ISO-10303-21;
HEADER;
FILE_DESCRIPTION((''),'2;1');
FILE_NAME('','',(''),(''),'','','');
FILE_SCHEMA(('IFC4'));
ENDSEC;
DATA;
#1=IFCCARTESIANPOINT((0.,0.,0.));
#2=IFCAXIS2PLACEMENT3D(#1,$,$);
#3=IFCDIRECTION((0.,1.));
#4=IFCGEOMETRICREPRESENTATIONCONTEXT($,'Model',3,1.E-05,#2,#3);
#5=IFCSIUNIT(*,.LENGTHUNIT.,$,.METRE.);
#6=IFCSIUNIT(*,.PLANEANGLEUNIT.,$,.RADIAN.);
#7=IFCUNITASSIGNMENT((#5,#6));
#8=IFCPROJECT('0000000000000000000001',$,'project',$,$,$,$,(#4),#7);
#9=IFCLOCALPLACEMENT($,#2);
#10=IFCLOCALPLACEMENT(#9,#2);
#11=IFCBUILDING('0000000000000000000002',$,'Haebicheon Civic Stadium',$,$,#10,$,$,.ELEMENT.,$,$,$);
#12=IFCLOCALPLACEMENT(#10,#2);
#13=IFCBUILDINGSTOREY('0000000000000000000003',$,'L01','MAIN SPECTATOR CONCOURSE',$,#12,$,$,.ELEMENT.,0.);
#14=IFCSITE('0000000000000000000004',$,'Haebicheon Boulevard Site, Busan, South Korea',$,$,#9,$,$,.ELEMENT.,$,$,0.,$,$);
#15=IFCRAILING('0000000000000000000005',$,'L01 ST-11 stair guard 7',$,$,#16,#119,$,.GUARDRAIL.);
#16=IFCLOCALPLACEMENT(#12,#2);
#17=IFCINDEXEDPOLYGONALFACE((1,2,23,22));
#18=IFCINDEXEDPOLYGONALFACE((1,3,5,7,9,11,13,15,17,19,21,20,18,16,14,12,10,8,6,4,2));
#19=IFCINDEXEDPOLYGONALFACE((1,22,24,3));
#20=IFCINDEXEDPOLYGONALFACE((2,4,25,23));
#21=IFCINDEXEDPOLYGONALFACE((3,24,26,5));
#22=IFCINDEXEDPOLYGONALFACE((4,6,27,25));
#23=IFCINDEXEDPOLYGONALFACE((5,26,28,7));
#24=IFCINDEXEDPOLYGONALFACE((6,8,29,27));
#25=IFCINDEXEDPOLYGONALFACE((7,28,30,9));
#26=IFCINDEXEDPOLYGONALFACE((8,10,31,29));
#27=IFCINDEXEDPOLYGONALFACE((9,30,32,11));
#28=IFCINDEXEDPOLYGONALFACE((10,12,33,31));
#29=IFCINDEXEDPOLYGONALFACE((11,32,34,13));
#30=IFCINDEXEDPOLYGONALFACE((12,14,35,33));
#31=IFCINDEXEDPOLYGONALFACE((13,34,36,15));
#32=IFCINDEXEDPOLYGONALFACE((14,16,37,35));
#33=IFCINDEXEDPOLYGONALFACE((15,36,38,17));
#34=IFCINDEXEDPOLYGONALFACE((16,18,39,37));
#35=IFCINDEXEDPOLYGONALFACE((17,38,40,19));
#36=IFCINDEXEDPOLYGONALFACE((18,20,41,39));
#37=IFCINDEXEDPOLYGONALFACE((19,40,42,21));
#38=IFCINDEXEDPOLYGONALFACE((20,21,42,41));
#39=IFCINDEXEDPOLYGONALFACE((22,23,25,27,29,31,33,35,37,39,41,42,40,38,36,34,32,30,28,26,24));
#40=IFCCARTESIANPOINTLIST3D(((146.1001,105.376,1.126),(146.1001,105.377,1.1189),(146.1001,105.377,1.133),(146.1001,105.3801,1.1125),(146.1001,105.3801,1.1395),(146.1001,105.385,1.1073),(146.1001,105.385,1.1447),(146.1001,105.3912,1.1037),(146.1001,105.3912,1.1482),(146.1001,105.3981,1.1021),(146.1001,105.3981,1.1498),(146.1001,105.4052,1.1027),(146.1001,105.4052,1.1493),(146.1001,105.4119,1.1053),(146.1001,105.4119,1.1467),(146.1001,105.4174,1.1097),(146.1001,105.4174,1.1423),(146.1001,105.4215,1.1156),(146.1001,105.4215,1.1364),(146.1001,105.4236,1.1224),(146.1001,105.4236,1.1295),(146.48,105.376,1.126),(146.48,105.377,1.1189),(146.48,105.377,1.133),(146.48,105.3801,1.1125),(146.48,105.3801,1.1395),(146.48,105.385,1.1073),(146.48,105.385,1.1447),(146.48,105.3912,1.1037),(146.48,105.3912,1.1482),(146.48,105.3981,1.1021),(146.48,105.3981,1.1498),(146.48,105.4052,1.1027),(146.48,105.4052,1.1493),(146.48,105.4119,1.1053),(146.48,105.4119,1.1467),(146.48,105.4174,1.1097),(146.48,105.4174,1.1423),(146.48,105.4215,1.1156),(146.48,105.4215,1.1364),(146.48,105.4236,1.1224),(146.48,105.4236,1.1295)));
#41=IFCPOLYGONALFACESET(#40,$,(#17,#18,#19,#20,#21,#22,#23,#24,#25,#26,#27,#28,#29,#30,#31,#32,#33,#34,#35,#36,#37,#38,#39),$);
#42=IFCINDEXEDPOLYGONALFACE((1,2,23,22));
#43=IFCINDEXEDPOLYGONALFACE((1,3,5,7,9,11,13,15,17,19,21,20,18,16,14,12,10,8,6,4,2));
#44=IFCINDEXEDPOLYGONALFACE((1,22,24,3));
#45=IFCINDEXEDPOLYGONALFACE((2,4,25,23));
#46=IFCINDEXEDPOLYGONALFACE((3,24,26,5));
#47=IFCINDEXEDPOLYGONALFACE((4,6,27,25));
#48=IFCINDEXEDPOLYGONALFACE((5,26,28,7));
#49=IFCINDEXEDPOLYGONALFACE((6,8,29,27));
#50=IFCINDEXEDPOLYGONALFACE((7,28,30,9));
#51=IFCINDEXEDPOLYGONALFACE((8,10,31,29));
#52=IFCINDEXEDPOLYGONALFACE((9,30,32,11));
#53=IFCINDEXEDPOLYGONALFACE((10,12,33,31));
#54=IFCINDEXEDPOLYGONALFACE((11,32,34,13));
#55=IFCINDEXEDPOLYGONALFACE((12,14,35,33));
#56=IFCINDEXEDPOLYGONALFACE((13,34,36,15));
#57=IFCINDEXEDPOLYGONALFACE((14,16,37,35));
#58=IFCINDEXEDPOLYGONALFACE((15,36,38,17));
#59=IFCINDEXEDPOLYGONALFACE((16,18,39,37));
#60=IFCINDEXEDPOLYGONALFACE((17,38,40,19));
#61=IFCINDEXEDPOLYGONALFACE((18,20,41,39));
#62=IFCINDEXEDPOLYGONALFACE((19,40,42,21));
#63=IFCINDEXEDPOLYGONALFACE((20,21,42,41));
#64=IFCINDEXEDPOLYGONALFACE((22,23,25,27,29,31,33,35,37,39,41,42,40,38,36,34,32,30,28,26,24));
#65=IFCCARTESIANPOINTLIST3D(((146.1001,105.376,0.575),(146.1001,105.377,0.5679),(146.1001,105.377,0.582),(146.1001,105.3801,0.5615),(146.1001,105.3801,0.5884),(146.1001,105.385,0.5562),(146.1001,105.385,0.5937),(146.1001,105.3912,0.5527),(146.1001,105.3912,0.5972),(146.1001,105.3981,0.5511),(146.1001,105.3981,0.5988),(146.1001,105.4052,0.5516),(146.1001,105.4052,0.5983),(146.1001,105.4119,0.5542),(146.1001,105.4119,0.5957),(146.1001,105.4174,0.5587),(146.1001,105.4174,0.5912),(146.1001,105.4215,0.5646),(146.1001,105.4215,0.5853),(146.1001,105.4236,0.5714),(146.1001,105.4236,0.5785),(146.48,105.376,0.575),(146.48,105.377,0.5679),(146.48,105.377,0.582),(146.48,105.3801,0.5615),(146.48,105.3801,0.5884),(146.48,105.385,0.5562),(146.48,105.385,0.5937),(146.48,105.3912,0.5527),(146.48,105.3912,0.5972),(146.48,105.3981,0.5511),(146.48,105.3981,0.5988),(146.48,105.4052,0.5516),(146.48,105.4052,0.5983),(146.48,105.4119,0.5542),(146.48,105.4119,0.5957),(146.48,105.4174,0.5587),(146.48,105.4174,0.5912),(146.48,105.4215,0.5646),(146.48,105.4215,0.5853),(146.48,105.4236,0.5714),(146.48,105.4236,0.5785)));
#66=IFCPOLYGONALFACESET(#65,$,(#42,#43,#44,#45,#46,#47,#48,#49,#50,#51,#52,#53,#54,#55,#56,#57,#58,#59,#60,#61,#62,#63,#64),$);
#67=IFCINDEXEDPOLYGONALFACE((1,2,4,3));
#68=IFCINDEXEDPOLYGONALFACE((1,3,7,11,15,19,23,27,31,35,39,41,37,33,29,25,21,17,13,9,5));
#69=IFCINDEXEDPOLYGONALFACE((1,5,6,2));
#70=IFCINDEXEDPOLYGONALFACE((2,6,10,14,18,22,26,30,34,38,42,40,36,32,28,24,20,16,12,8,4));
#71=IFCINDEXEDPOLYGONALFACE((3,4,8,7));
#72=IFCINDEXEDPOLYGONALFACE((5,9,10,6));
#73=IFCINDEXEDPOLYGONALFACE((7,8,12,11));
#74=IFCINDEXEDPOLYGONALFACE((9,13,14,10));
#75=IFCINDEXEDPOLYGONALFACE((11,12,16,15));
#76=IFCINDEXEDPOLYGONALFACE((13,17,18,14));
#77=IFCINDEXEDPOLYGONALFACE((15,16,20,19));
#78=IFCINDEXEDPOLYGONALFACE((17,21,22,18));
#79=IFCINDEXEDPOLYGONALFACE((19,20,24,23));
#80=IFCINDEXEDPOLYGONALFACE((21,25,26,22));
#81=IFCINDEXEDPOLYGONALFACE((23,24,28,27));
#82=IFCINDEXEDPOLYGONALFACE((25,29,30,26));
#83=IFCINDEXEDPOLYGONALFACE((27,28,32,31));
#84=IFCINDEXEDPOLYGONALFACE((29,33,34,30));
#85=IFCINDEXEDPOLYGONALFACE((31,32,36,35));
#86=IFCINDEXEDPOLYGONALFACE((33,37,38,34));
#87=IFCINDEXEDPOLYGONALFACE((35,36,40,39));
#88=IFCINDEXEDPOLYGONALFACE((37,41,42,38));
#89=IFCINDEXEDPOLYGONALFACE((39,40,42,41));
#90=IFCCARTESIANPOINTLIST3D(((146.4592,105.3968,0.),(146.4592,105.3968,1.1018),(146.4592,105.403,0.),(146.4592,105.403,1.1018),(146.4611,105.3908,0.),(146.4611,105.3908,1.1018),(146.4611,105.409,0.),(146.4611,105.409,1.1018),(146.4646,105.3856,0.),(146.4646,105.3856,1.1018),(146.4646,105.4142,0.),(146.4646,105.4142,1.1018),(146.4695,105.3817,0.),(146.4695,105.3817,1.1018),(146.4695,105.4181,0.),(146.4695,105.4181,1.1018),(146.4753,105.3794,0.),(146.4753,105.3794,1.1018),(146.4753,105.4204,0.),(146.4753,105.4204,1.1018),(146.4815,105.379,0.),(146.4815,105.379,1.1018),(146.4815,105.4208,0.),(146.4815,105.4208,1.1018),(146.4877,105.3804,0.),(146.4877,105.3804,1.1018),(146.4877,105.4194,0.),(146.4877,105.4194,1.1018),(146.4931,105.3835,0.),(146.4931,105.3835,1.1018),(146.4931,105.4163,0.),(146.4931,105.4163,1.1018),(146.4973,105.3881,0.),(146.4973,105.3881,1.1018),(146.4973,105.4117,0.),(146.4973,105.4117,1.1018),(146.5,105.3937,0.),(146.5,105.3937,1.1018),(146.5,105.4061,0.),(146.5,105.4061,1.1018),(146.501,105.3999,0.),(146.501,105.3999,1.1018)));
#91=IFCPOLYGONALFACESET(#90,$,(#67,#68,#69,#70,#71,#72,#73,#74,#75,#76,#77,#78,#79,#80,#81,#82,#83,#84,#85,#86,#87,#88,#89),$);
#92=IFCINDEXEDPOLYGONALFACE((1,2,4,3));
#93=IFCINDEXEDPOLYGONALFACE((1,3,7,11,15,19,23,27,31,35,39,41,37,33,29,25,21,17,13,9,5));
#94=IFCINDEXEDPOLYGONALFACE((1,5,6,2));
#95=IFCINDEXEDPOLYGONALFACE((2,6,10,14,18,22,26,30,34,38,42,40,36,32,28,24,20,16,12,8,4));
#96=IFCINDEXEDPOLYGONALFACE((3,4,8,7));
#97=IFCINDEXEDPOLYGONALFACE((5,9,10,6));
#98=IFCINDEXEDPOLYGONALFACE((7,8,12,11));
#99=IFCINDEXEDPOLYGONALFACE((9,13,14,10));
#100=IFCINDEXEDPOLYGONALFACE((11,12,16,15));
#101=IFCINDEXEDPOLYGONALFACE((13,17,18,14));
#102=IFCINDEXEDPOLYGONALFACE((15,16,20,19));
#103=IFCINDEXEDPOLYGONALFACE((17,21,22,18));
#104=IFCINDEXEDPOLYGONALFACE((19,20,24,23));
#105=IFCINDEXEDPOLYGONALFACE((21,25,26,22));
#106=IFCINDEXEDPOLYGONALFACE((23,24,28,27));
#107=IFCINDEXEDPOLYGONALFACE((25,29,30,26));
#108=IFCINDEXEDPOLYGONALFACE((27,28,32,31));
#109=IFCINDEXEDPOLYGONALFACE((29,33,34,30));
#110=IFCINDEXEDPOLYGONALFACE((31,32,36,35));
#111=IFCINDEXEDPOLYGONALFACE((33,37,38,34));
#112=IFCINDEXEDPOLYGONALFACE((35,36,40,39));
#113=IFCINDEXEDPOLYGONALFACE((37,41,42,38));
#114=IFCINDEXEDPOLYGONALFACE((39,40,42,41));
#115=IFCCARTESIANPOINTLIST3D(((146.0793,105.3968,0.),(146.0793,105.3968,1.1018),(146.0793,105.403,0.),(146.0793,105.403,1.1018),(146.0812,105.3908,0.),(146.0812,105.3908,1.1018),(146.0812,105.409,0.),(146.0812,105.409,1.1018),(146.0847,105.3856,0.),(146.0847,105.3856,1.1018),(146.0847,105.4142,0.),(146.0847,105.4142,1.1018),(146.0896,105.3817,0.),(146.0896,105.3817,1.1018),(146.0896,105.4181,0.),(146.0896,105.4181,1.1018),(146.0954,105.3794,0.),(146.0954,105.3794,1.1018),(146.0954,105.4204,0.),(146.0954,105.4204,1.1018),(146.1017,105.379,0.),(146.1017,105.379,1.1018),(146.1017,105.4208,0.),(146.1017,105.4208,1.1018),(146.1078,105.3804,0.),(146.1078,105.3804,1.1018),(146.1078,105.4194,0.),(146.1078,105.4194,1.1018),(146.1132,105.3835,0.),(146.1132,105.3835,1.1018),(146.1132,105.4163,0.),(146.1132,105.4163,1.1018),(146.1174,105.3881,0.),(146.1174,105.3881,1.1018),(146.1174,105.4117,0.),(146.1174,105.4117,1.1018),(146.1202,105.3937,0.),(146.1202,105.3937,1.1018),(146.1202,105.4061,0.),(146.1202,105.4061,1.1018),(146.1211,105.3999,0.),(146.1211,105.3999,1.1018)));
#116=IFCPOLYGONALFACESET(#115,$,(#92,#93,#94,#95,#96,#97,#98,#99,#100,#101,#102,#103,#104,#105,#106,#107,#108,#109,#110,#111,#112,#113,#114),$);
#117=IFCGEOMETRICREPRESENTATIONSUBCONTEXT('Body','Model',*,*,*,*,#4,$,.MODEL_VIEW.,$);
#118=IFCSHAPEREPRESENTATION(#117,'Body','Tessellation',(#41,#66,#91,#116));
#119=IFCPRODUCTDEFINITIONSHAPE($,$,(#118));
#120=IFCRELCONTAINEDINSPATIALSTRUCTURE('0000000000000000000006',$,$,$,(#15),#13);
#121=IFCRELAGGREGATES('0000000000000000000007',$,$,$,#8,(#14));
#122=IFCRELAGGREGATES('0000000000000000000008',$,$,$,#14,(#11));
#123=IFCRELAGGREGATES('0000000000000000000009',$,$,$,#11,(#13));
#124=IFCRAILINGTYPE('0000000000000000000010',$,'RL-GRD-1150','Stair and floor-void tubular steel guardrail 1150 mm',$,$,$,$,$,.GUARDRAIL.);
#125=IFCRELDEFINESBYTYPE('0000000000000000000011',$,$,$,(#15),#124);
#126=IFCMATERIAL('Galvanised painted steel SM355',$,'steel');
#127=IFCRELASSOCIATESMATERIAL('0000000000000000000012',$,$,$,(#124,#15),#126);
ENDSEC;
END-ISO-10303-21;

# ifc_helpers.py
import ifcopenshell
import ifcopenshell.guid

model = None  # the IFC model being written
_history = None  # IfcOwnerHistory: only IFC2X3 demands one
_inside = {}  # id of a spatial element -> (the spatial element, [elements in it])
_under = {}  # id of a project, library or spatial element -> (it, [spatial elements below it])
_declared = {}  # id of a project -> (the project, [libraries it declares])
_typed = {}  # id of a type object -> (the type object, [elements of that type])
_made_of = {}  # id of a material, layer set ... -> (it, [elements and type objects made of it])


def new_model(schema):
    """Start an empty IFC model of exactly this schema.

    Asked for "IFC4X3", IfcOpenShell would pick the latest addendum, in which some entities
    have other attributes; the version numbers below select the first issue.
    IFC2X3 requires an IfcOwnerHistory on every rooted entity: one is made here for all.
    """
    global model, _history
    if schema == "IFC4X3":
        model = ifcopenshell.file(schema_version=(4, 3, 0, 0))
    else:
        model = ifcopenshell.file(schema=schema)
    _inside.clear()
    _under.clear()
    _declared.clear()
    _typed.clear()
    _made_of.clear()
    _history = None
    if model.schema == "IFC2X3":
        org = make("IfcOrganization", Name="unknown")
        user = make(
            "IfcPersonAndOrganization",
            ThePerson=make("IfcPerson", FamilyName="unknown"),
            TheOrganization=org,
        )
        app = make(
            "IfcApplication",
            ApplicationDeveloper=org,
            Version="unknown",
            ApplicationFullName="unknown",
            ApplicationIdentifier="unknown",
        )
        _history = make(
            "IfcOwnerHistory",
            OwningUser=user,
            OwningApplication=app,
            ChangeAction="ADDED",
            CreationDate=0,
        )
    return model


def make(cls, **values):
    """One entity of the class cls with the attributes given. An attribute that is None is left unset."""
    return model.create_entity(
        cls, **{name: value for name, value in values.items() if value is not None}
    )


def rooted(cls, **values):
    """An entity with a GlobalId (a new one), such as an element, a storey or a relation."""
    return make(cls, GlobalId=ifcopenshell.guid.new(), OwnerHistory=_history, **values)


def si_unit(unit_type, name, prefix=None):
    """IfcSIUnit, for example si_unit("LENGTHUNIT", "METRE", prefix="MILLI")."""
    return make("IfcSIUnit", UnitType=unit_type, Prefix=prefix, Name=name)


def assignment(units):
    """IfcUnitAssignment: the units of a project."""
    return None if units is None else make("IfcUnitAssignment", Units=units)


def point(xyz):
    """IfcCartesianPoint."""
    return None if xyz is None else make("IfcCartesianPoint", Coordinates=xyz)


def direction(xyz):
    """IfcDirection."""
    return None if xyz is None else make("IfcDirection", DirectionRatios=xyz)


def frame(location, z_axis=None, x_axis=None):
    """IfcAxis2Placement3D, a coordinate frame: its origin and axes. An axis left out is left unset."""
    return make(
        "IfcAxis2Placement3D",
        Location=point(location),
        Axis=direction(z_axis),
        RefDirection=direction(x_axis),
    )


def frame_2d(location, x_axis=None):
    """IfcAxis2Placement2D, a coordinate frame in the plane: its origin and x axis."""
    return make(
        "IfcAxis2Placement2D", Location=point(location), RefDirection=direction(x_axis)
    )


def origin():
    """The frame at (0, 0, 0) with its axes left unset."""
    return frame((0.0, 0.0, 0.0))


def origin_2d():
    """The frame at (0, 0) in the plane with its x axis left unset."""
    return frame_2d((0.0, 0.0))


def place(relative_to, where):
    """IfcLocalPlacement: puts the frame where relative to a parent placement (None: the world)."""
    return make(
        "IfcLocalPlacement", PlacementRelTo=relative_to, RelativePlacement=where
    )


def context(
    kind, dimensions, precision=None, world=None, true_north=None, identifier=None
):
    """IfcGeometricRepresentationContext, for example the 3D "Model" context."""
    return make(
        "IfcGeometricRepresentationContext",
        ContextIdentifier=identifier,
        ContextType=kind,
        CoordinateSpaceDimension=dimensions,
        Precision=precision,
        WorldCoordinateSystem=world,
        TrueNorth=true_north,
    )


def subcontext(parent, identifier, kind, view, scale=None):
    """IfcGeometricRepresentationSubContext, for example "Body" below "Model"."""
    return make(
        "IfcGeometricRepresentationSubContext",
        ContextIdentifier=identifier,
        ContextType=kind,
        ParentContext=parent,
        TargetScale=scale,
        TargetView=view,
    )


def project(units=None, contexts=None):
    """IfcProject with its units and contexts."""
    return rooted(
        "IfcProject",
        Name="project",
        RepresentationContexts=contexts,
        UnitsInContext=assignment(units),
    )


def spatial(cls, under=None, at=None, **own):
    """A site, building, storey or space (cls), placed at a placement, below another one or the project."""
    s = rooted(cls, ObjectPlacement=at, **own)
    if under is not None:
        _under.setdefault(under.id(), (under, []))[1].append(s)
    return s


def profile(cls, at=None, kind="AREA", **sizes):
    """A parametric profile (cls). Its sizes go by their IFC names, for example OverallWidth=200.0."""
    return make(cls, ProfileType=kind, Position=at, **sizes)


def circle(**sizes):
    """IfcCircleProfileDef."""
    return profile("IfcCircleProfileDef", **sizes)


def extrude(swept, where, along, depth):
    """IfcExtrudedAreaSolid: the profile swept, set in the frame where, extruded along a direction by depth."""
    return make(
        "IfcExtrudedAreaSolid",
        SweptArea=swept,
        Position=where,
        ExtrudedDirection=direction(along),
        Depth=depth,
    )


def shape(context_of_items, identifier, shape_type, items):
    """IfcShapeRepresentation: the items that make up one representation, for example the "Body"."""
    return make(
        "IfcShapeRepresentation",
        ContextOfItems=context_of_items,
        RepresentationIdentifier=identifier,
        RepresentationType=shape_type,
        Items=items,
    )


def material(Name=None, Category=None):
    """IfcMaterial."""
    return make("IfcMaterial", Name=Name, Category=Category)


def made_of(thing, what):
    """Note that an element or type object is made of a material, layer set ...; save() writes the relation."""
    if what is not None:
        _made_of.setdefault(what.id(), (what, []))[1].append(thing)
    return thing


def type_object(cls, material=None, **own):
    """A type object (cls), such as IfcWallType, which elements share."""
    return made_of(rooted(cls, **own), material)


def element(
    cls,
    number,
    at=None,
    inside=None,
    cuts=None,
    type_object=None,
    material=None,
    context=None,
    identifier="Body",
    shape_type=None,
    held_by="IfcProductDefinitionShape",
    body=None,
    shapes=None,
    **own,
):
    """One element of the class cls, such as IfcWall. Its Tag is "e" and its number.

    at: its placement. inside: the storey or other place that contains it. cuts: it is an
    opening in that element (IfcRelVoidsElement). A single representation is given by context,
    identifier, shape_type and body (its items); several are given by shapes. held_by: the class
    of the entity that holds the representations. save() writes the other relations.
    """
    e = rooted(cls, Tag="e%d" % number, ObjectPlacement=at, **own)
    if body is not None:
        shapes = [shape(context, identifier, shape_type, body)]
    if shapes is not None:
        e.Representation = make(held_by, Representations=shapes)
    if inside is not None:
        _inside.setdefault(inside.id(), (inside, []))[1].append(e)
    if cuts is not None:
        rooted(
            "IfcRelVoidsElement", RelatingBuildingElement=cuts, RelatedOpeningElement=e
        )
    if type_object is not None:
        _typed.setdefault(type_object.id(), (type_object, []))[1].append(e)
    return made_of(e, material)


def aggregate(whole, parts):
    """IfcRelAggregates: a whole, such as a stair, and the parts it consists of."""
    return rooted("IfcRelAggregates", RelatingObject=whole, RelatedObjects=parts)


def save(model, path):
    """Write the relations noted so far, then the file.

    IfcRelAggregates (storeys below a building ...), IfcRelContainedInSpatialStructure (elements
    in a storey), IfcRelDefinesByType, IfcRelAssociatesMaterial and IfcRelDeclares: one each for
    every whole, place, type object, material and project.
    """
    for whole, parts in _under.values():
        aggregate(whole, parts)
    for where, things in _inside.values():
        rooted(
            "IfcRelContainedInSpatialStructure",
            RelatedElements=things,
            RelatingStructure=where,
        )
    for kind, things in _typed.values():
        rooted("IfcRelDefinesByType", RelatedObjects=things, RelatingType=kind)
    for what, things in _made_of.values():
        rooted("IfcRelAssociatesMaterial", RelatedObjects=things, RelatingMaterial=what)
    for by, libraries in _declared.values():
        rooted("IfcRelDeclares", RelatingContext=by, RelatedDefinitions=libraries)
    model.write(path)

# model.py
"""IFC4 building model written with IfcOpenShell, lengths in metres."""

from ifc_helpers import new_model, si_unit, direction, frame, origin, origin_2d, place, context, subcontext, project, spatial, circle, extrude, material, type_object, element, save


model = new_model("IFC4")

# Units and contexts
model_context = context("Model", 3, precision=1e-05, world=origin(), true_north=direction((0.0, 1.0)))
body_context = subcontext(model_context, "Body", "Model", "MODEL_VIEW")
ifc_project = project(units=[si_unit("LENGTHUNIT", "METRE"), si_unit("PLANEANGLEUNIT", "RADIAN")], contexts=[model_context])

# Site, building, storey
site_placement = place(None, origin())
site = spatial("IfcSite", under=ifc_project, at=site_placement, Name="Haebicheon Boulevard Site, Busan, South Korea", CompositionType="ELEMENT", RefElevation=0.0)
building_placement = place(site_placement, origin())
building = spatial("IfcBuilding", under=site, at=building_placement, Name="Haebicheon Civic Stadium", CompositionType="ELEMENT")
storey_placement = place(building_placement, origin())
storey = spatial("IfcBuildingStorey", under=building, at=storey_placement, Name="L01", Description="MAIN SPECTATOR CONCOURSE", CompositionType="ELEMENT", Elevation=0.0)

# Railing
ifc_material_1 = material(Name="Galvanised painted steel SM355", Category="steel")
railing_type_1 = type_object("IfcRailingType", Name="RL-GRD-1150", Description="Stair and floor-void tubular steel guardrail 1150 mm", PredefinedType="GUARDRAIL", material=ifc_material_1)
railing_1_placement = place(storey_placement, frame((146.48, 105.3999, 0.0)))
element("IfcRailing", 1, at=railing_1_placement, inside=storey, type_object=railing_type_1, material=ifc_material_1, Name="L01 ST-11 stair guard 7", PredefinedType="GUARDRAIL", context=body_context, shape_type="SweptSolid", body=[
    extrude(circle(Radius=0.0239, at=origin_2d()), frame((0.0, 0.0, 1.126), z_axis=(-1.0, 0.0, 0.0), x_axis=(0.0, -1.0, 0.0)), (0.0, 0.0, 1.0), 0.3799),
    extrude(circle(Radius=0.0239, at=origin_2d()), frame((0.0, 0.0, 0.575), z_axis=(-1.0, 0.0, 0.0), x_axis=(0.0, -1.0, 0.0)), (0.0, 0.0, 1.0), 0.3799),
    extrude(circle(Radius=0.021, at=origin_2d()), origin(), (0.0, 0.0, 1.0), 1.1018),
    extrude(circle(Radius=0.021, at=origin_2d()), frame((-0.3799, 0.0, 0.0)), (0.0, 0.0, 1.0), 1.1018),
])

save(model, "model.ifc")
